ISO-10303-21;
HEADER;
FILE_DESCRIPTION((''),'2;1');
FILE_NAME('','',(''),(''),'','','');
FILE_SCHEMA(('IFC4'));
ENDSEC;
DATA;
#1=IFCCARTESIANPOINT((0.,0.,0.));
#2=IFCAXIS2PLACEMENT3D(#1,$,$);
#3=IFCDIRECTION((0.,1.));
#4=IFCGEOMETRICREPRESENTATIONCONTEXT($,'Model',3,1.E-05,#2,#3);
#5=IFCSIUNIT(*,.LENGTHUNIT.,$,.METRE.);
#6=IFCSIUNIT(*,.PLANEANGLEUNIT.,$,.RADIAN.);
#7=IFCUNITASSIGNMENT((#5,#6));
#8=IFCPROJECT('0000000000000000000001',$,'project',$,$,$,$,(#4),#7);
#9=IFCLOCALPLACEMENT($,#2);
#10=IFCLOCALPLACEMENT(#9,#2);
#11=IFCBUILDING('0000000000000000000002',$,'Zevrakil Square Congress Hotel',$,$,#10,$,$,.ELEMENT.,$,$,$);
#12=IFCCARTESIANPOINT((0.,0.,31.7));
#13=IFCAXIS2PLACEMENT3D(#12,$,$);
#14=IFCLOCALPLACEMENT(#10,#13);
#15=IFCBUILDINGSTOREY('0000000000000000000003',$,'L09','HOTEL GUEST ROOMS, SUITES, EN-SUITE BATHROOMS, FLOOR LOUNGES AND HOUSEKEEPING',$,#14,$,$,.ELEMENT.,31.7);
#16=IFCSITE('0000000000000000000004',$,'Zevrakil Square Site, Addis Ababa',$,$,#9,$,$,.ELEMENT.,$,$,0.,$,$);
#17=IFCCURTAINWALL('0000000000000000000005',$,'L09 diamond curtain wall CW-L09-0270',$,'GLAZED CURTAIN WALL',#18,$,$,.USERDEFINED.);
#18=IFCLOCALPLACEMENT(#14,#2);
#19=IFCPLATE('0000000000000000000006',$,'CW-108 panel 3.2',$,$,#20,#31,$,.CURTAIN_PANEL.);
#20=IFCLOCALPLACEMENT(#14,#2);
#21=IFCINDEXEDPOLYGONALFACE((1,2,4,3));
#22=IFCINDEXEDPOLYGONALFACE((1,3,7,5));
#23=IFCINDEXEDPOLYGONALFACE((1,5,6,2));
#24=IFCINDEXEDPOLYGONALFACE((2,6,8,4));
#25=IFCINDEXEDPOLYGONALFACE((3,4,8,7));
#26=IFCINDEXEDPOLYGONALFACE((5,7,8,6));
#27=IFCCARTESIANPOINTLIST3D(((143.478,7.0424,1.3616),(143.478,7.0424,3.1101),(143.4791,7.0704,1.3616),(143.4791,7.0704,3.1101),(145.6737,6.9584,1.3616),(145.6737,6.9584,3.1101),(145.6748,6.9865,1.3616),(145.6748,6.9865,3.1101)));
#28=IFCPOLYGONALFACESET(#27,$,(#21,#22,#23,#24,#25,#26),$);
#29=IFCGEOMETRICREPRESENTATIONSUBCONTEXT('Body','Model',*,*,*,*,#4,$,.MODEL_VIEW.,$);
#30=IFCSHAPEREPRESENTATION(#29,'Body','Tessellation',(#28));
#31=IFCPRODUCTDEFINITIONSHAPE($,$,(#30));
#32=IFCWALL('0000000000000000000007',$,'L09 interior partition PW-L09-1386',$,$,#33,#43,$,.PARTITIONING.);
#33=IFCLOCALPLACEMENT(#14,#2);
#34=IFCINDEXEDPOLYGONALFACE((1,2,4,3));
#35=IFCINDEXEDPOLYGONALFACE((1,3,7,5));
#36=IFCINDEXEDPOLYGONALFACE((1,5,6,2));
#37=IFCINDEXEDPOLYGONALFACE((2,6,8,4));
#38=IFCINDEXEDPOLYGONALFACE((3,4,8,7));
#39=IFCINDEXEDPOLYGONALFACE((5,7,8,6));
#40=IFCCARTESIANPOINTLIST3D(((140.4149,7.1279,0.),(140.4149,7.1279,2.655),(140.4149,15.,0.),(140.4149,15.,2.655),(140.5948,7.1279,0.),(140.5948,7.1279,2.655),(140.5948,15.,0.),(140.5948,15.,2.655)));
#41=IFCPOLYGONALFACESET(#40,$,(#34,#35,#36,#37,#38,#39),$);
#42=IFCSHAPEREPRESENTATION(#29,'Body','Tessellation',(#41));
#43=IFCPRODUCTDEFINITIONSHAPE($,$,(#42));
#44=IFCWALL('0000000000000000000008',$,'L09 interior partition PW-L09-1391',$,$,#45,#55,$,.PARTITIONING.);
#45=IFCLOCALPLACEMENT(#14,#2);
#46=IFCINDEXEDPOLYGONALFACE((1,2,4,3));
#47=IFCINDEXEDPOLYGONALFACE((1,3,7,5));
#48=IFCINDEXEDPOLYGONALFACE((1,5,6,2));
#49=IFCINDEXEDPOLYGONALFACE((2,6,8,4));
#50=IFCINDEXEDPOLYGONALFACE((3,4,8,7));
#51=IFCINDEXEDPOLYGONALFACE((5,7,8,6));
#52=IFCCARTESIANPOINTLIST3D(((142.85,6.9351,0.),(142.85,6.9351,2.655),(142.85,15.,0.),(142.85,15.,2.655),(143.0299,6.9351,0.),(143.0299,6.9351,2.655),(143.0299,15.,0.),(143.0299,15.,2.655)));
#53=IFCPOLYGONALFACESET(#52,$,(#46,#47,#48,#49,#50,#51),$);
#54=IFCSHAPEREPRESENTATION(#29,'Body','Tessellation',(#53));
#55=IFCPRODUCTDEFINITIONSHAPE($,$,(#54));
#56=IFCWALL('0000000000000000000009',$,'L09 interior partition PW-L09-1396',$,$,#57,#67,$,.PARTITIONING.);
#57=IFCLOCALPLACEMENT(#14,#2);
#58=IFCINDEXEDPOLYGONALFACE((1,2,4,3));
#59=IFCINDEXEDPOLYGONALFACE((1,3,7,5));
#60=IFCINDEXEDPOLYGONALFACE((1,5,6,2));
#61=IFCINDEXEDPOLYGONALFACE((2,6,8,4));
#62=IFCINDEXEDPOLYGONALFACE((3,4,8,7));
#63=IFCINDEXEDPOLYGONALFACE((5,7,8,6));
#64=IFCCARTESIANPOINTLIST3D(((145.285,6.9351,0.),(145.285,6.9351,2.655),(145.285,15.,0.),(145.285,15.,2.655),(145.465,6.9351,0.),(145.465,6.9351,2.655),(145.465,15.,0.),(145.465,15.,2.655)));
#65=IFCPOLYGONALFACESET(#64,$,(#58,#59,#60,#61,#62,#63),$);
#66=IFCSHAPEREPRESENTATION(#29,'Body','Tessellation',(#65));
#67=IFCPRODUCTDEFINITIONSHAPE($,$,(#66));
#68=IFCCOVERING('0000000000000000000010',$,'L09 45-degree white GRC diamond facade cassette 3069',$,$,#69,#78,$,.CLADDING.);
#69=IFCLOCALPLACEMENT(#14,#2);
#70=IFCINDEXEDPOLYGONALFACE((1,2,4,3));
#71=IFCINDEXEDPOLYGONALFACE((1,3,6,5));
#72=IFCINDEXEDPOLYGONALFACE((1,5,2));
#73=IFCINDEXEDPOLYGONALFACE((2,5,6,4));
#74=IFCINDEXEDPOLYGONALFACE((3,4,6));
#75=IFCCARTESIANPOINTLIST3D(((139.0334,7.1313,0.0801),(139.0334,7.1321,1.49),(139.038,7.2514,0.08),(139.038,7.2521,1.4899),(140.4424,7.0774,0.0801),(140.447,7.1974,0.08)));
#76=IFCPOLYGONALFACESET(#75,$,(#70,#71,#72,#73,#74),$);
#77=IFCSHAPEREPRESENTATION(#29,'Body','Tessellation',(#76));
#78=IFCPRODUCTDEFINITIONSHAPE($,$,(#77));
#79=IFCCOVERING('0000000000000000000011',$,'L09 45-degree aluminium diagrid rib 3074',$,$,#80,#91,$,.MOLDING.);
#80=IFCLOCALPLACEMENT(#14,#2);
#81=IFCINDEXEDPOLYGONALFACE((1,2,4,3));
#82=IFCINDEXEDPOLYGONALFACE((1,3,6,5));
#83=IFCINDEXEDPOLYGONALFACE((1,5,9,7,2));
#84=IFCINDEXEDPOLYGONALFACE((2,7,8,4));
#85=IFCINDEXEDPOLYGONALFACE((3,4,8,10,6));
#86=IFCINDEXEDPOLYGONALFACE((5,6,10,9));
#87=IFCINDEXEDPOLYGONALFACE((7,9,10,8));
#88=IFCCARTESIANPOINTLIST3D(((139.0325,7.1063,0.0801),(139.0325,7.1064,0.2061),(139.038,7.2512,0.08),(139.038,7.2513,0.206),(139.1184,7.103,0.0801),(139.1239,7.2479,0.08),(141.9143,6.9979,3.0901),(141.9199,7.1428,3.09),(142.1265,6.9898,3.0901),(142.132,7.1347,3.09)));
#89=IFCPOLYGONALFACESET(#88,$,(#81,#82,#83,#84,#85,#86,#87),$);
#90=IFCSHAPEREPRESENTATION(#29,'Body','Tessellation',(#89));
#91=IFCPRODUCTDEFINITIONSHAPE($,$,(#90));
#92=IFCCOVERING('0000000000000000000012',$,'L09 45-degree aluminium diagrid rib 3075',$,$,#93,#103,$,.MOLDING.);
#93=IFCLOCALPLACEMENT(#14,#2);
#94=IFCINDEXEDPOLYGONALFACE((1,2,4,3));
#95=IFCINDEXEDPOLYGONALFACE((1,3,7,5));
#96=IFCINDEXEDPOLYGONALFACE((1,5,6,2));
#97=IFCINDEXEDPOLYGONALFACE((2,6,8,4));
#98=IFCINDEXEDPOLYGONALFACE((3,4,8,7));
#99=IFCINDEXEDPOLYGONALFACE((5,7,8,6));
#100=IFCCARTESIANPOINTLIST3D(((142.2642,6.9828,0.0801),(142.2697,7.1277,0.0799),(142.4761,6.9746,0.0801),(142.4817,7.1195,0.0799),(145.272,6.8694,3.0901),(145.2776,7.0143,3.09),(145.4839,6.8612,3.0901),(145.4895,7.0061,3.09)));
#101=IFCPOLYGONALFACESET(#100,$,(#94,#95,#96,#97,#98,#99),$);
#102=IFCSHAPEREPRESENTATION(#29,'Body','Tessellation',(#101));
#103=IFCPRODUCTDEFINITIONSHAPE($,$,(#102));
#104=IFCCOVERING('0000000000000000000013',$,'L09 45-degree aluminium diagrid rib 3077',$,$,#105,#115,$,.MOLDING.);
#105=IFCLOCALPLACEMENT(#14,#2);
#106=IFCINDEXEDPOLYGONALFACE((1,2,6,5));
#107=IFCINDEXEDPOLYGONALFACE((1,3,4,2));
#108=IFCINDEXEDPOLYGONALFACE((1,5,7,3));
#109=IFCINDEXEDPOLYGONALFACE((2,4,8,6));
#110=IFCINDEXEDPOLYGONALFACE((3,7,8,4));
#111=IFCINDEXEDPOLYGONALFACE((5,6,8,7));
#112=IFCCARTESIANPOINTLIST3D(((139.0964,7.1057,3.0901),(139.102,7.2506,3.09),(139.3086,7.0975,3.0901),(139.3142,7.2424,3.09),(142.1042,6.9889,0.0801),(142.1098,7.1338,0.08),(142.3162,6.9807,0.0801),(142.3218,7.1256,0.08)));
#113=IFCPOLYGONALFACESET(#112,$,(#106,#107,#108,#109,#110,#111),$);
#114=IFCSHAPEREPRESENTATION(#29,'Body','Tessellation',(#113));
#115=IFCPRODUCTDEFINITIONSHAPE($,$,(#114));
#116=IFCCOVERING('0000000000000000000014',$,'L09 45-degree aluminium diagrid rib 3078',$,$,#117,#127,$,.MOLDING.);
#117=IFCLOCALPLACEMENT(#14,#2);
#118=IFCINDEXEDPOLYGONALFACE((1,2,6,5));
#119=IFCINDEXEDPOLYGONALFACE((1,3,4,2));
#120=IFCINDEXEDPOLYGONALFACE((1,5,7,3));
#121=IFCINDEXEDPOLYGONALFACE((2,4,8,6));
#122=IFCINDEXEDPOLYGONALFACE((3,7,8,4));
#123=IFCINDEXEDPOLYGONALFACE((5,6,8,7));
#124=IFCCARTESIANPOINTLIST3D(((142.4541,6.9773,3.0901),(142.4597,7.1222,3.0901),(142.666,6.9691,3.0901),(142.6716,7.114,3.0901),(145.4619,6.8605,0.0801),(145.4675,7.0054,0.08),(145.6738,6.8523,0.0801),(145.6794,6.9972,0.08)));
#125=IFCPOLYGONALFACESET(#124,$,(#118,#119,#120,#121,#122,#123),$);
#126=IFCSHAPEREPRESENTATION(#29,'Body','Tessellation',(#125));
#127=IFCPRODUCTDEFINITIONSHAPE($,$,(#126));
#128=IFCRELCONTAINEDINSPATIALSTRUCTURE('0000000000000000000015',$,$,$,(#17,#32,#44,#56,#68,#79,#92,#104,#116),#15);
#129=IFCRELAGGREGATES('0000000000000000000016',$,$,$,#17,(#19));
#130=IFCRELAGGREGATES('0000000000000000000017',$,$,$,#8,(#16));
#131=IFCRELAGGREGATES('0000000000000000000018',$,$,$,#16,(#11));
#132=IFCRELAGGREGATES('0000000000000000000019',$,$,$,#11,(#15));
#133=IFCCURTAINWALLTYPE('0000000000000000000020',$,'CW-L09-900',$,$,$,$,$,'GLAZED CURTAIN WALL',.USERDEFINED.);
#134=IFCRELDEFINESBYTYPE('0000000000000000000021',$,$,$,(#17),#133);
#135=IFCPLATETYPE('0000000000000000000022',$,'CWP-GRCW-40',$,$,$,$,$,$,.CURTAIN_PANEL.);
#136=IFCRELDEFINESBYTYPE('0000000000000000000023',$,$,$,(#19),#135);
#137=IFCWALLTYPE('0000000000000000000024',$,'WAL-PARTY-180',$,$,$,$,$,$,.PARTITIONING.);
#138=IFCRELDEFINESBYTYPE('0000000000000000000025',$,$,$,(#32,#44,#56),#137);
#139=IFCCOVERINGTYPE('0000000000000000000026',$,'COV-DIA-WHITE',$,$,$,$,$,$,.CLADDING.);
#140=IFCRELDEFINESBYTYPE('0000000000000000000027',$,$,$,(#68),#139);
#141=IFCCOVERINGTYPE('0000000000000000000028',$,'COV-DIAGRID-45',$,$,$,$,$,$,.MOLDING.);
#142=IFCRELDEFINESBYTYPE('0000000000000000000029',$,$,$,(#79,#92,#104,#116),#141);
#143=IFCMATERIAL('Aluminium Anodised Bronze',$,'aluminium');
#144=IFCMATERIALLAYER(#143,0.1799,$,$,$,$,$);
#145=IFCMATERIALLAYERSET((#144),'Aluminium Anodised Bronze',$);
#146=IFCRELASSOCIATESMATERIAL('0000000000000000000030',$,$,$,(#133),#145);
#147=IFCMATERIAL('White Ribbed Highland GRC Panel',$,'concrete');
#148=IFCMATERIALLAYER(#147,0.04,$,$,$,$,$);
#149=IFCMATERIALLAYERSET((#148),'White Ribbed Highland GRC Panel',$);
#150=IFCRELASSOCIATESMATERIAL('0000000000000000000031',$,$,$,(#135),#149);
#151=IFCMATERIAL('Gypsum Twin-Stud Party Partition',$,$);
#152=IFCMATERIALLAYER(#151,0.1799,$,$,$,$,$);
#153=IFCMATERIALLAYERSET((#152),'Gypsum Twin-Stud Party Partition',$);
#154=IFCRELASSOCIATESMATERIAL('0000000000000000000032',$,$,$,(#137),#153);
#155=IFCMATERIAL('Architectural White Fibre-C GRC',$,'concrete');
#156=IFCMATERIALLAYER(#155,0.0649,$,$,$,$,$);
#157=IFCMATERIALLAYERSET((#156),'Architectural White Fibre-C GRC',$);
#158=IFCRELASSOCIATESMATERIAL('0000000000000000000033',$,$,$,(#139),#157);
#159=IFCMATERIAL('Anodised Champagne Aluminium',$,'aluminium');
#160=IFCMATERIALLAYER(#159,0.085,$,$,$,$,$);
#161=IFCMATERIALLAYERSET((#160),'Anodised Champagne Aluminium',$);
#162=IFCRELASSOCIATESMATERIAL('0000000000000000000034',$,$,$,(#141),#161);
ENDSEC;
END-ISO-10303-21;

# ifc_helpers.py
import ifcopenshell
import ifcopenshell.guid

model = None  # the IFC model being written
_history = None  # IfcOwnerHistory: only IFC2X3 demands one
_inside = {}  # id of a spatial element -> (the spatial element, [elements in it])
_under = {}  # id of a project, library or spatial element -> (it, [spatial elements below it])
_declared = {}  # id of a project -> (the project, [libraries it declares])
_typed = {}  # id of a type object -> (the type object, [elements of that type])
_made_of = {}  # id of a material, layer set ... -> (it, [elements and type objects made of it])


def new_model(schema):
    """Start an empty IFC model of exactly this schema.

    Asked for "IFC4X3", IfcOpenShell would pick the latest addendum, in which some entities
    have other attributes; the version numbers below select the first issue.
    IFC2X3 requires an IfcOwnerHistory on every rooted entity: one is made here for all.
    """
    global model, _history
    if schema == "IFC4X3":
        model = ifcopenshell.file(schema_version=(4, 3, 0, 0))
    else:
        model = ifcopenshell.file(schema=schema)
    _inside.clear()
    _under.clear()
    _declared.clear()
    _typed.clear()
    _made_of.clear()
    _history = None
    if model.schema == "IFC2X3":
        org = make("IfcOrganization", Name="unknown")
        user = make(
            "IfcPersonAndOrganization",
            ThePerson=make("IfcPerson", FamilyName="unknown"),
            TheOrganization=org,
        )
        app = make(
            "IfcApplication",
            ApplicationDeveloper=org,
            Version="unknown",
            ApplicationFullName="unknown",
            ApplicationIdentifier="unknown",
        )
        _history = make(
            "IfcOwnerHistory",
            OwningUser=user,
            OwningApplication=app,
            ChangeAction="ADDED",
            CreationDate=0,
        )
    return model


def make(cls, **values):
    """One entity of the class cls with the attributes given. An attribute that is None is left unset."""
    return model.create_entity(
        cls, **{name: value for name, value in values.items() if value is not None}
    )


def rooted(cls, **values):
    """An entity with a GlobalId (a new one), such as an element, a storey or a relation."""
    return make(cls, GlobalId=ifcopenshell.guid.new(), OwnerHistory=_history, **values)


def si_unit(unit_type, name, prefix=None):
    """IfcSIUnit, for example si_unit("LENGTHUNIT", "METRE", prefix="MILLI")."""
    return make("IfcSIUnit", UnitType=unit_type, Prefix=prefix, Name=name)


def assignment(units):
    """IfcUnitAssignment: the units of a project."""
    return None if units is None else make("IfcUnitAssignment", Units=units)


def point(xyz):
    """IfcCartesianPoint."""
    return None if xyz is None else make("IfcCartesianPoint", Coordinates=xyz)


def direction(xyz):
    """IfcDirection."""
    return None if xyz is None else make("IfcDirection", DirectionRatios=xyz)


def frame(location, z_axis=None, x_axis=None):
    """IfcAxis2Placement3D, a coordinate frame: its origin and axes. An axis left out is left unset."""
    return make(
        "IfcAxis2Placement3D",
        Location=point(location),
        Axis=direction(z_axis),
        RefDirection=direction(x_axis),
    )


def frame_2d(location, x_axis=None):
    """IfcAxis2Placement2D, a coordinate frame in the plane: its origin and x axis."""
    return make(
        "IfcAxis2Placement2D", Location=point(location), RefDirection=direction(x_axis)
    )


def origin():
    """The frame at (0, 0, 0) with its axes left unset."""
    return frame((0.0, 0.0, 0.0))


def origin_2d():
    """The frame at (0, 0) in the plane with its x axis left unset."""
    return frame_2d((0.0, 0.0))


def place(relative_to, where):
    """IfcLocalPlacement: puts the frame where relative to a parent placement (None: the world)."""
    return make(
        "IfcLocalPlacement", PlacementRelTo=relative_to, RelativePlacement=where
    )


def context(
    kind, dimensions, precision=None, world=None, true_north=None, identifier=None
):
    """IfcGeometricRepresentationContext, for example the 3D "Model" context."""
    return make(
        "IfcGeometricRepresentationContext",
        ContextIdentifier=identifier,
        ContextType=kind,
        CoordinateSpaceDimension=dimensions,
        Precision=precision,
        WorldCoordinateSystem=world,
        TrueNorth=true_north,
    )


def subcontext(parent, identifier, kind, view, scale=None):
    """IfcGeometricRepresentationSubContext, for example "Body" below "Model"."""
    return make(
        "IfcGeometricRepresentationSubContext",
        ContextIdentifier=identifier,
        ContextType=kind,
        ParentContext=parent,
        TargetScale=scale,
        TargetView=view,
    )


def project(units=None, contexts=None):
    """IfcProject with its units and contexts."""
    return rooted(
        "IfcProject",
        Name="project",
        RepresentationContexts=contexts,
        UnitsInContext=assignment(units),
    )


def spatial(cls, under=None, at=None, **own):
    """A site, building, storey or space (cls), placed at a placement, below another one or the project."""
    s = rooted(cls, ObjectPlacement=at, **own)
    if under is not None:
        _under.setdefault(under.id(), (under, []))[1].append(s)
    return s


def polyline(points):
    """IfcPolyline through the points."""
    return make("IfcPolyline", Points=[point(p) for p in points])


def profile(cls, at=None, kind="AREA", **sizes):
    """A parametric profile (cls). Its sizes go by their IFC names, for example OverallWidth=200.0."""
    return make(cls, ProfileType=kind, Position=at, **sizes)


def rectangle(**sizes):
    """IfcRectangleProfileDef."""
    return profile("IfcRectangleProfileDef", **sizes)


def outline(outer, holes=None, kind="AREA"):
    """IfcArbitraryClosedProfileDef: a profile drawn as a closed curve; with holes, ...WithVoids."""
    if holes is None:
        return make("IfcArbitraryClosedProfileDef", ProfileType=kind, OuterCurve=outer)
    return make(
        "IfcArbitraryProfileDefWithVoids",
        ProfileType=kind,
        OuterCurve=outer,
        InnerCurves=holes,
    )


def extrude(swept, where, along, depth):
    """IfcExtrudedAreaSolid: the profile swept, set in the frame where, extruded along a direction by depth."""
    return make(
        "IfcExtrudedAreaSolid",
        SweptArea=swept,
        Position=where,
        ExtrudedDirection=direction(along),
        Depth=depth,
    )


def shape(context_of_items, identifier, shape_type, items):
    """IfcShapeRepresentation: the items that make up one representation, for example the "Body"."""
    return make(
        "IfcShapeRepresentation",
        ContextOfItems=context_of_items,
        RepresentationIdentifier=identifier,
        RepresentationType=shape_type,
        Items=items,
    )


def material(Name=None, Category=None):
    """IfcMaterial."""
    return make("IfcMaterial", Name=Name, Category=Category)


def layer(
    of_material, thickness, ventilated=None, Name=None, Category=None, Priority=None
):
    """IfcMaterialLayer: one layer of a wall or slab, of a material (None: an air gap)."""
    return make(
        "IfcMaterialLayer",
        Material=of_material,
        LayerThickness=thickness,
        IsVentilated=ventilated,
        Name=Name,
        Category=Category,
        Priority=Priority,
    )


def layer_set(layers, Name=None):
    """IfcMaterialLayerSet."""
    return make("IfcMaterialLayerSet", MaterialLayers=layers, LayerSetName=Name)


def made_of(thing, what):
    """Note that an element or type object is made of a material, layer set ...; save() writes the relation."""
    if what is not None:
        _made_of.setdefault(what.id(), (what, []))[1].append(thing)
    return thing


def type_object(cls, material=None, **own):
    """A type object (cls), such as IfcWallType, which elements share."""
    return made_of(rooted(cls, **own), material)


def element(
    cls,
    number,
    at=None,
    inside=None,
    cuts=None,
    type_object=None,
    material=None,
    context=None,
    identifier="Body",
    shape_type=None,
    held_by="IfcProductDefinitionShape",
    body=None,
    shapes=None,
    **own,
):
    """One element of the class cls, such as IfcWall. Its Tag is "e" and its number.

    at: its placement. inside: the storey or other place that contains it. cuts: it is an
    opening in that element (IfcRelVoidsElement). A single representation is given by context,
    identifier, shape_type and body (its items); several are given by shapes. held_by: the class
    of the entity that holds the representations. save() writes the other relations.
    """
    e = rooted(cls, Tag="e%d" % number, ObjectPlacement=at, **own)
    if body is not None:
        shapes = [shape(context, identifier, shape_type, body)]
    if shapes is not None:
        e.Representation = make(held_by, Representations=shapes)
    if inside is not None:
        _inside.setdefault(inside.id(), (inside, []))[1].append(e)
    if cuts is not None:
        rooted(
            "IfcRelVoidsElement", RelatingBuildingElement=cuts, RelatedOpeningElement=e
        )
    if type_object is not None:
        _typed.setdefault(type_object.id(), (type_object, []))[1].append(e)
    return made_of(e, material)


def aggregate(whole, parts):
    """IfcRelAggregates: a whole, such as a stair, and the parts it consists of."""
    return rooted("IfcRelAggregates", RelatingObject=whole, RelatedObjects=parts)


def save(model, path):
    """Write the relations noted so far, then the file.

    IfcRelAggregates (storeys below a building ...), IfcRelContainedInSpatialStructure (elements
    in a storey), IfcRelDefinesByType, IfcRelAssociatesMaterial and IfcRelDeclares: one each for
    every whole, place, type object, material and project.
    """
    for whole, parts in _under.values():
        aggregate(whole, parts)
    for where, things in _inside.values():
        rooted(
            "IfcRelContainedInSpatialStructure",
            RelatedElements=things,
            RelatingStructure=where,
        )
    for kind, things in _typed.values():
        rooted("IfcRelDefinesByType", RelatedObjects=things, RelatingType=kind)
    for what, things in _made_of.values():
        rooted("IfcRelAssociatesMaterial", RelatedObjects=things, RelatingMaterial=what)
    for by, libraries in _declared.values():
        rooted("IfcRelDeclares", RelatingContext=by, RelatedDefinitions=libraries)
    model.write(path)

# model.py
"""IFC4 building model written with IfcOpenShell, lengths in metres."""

from ifc_helpers import new_model, si_unit, direction, frame, frame_2d, origin, origin_2d, place, context, subcontext, project, spatial, polyline, rectangle, outline, extrude, material, layer, layer_set, type_object, element, aggregate, save


model = new_model("IFC4")

# Units and contexts
model_context = context("Model", 3, precision=1e-05, world=origin(), true_north=direction((0.0, 1.0)))
body_context = subcontext(model_context, "Body", "Model", "MODEL_VIEW")
ifc_project = project(units=[si_unit("LENGTHUNIT", "METRE"), si_unit("PLANEANGLEUNIT", "RADIAN")], contexts=[model_context])

# Site, building, storey
site_placement = place(None, origin())
site = spatial("IfcSite", under=ifc_project, at=site_placement, Name="Zevrakil Square Site, Addis Ababa", CompositionType="ELEMENT", RefElevation=0.0)
building_placement = place(site_placement, origin())
building = spatial("IfcBuilding", under=site, at=building_placement, Name="Zevrakil Square Congress Hotel", CompositionType="ELEMENT")
storey_placement = place(building_placement, frame((0.0, 0.0, 31.7)))
storey = spatial("IfcBuildingStorey", under=building, at=storey_placement, Name="L09", Description="HOTEL GUEST ROOMS, SUITES, EN-SUITE BATHROOMS, FLOOR LOUNGES AND HOUSEKEEPING", CompositionType="ELEMENT", Elevation=31.7)

# Curtain wall
ifc_material_1 = material(Name="Aluminium Anodised Bronze", Category="aluminium")
ifc_layer_1 = layer(ifc_material_1, 0.1799)
ifc_layer_set_1 = layer_set([ifc_layer_1], Name="Aluminium Anodised Bronze")
curtain_wall_type = type_object("IfcCurtainWallType", Name="CW-L09-900", ElementType="GLAZED CURTAIN WALL", PredefinedType="USERDEFINED", material=ifc_layer_set_1)
curtain_wall_placement = place(storey_placement, origin())
curtain_wall = element("IfcCurtainWall", 1, at=curtain_wall_placement, inside=storey, type_object=curtain_wall_type, Name="L09 diamond curtain wall CW-L09-0270", ObjectType="GLAZED CURTAIN WALL", PredefinedType="USERDEFINED")

# Plate
ifc_material_2 = material(Name="White Ribbed Highland GRC Panel", Category="concrete")
ifc_layer_2 = layer(ifc_material_2, 0.04)
ifc_layer_set_2 = layer_set([ifc_layer_2], Name="White Ribbed Highland GRC Panel")
plate_type_1 = type_object("IfcPlateType", Name="CWP-GRCW-40", PredefinedType="CURTAIN_PANEL", material=ifc_layer_set_2)
plate_1_placement = place(storey_placement, frame((144.5764, 7.0144, 1.3616), z_axis=(0.0, 0.0, 1.0), x_axis=(0.99927, -0.038209, 0.0)))
plate_1 = element("IfcPlate", 2, at=plate_1_placement, type_object=plate_type_1, Name="CW-108 panel 3.2", PredefinedType="CURTAIN_PANEL", context=body_context, shape_type="SweptSolid", body=[
    extrude(rectangle(XDim=2.1973, YDim=0.0281, at=origin_2d()), origin(), (0.0, 0.0, 1.0), 1.7485),
])
aggregate(curtain_wall, [plate_1])

# Walls
ifc_material_3 = material(Name="Gypsum Twin-Stud Party Partition")
ifc_layer_3 = layer(ifc_material_3, 0.1799)
ifc_layer_set_3 = layer_set([ifc_layer_3], Name="Gypsum Twin-Stud Party Partition")
wall_type = type_object("IfcWallType", Name="WAL-PARTY-180", PredefinedType="PARTITIONING", material=ifc_layer_set_3)
wall_placement = place(storey_placement, frame((140.5049, 7.1279, 0.0), z_axis=(0.0, 0.0, 1.0), x_axis=(0.0, 1.0, 0.0)))
element("IfcWall", 3, at=wall_placement, inside=storey, type_object=wall_type, Name="L09 interior partition PW-L09-1386", PredefinedType="PARTITIONING", context=body_context, shape_type="SweptSolid", body=[
    extrude(rectangle(XDim=7.8721, YDim=0.1799, at=frame_2d((3.936, 0.0))), origin(), (0.0, 0.0, 1.0), 2.655),
])
for number, where, z_axis, x_axis, name in (
    (4, (142.9399, 6.9351, 0.0), (0.0, 0.0, 1.0), (0.0, 1.0, 0.0), "L09 interior partition PW-L09-1391"),
    (5, (145.375, 6.9351, 0.0), (0.0, 0.0, 1.0), (0.0, 1.0, 0.0), "L09 interior partition PW-L09-1396"),
):
    element("IfcWall", number, at=place(storey_placement, frame(where, z_axis=z_axis, x_axis=x_axis)), inside=storey, type_object=wall_type, Name=name, PredefinedType="PARTITIONING", context=body_context, shape_type="SweptSolid", body=[
        extrude(rectangle(XDim=8.0649, YDim=0.1799, at=frame_2d((4.0325, 0.0))), origin(), (0.0, 0.0, 1.0), 2.655),
    ])

# Coverings
ifc_material_4 = material(Name="Architectural White Fibre-C GRC", Category="concrete")
ifc_layer_4 = layer(ifc_material_4, 0.0649)
ifc_layer_set_4 = layer_set([ifc_layer_4], Name="Architectural White Fibre-C GRC")
covering_type_1 = type_object("IfcCoveringType", Name="COV-DIA-WHITE", PredefinedType="CLADDING", material=ifc_layer_set_4)
covering_1_placement = place(storey_placement, frame((140.4424, 7.0774, 0.0801), z_axis=(-0.038267, -0.999267, 0.000519), x_axis=(-0.999268, 0.038267, 0.0)))
element("IfcCovering", 6, at=covering_1_placement, inside=storey, type_object=covering_type_1, Name="L09 45-degree white GRC diamond facade cassette 3069", PredefinedType="CLADDING", context=body_context, shape_type="SweptSolid", body=[
    extrude(outline(polyline([(0.0, 0.0), (1.41, 0.0), (1.41, -1.4099), (0.0, 0.0)])), origin(), (0.0, 0.0, -1.0), 0.1201),
])
ifc_material_5 = material(Name="Anodised Champagne Aluminium", Category="aluminium")
ifc_layer_5 = layer(ifc_material_5, 0.085)
ifc_layer_set_5 = layer_set([ifc_layer_5], Name="Anodised Champagne Aluminium")
covering_type_2 = type_object("IfcCoveringType", Name="COV-DIAGRID-45", PredefinedType="MOLDING", material=ifc_layer_set_5)
covering_2_placement = place(storey_placement, frame((139.1184, 7.103, 0.0801), z_axis=(-0.038212, -0.999269, 0.000583), x_axis=(-0.99927, 0.038212, -0.000001)))
element("IfcCovering", 7, at=covering_2_placement, inside=storey, type_object=covering_type_2, Name="L09 45-degree aluminium diagrid rib 3074", PredefinedType="MOLDING", context=body_context, shape_type="SweptSolid", body=[
    extrude(outline(polyline([(0.0, 0.0), (0.086, 0.0), (0.086, -0.126), (-2.7979, -3.01), (-3.0102, -3.01), (0.0, 0.0)])), origin(), (0.0, 0.0, -1.0), 0.145),
])
covering_3_placement = place(storey_placement, frame((142.4761, 6.9746, 0.0801), z_axis=(-0.038566, -0.999256, 0.00089), x_axis=(-0.999256, 0.038566, 0.000001)))
element("IfcCovering", 8, at=covering_3_placement, inside=storey, type_object=covering_type_2, Name="L09 45-degree aluminium diagrid rib 3075", PredefinedType="MOLDING", context=body_context, shape_type="SweptSolid", body=[
    extrude(outline(polyline([(0.0, 0.0), (0.2121, 0.0), (-2.7979, -3.01), (-3.0099, -3.01), (0.0, 0.0)])), origin(), (0.0, 0.0, -1.0), 0.145),
])
covering_4_placement = place(storey_placement, frame((139.0964, 7.1057, 3.0901), z_axis=(-0.038544, -0.999257, 0.000268), x_axis=(0.999257, -0.038544, 0.0)))
element("IfcCovering", 9, at=covering_4_placement, inside=storey, type_object=covering_type_2, Name="L09 45-degree aluminium diagrid rib 3077", PredefinedType="MOLDING", context=body_context, shape_type="SweptSolid", body=[
    extrude(outline(polyline([(0.0, 0.0), (0.2123, 0.0), (3.2222, -3.01), (3.0101, -3.01), (0.0, 0.0)])), origin(), (0.0, 0.0, -1.0), 0.145),
])
covering_5_placement = place(storey_placement, frame((142.4541, 6.9773, 3.0901), z_axis=(-0.038566, -0.999256, 0.000244), x_axis=(0.999256, -0.038566, 0.0)))
element("IfcCovering", 10, at=covering_5_placement, inside=storey, type_object=covering_type_2, Name="L09 45-degree aluminium diagrid rib 3078", PredefinedType="MOLDING", context=body_context, shape_type="SweptSolid", body=[
    extrude(outline(polyline([(0.0, 0.0), (0.2121, 0.0), (3.2222, -3.01), (3.0101, -3.01), (0.0, 0.0)])), origin(), (0.0, 0.0, -1.0), 0.145),
])

save(model, "model.ifc")
